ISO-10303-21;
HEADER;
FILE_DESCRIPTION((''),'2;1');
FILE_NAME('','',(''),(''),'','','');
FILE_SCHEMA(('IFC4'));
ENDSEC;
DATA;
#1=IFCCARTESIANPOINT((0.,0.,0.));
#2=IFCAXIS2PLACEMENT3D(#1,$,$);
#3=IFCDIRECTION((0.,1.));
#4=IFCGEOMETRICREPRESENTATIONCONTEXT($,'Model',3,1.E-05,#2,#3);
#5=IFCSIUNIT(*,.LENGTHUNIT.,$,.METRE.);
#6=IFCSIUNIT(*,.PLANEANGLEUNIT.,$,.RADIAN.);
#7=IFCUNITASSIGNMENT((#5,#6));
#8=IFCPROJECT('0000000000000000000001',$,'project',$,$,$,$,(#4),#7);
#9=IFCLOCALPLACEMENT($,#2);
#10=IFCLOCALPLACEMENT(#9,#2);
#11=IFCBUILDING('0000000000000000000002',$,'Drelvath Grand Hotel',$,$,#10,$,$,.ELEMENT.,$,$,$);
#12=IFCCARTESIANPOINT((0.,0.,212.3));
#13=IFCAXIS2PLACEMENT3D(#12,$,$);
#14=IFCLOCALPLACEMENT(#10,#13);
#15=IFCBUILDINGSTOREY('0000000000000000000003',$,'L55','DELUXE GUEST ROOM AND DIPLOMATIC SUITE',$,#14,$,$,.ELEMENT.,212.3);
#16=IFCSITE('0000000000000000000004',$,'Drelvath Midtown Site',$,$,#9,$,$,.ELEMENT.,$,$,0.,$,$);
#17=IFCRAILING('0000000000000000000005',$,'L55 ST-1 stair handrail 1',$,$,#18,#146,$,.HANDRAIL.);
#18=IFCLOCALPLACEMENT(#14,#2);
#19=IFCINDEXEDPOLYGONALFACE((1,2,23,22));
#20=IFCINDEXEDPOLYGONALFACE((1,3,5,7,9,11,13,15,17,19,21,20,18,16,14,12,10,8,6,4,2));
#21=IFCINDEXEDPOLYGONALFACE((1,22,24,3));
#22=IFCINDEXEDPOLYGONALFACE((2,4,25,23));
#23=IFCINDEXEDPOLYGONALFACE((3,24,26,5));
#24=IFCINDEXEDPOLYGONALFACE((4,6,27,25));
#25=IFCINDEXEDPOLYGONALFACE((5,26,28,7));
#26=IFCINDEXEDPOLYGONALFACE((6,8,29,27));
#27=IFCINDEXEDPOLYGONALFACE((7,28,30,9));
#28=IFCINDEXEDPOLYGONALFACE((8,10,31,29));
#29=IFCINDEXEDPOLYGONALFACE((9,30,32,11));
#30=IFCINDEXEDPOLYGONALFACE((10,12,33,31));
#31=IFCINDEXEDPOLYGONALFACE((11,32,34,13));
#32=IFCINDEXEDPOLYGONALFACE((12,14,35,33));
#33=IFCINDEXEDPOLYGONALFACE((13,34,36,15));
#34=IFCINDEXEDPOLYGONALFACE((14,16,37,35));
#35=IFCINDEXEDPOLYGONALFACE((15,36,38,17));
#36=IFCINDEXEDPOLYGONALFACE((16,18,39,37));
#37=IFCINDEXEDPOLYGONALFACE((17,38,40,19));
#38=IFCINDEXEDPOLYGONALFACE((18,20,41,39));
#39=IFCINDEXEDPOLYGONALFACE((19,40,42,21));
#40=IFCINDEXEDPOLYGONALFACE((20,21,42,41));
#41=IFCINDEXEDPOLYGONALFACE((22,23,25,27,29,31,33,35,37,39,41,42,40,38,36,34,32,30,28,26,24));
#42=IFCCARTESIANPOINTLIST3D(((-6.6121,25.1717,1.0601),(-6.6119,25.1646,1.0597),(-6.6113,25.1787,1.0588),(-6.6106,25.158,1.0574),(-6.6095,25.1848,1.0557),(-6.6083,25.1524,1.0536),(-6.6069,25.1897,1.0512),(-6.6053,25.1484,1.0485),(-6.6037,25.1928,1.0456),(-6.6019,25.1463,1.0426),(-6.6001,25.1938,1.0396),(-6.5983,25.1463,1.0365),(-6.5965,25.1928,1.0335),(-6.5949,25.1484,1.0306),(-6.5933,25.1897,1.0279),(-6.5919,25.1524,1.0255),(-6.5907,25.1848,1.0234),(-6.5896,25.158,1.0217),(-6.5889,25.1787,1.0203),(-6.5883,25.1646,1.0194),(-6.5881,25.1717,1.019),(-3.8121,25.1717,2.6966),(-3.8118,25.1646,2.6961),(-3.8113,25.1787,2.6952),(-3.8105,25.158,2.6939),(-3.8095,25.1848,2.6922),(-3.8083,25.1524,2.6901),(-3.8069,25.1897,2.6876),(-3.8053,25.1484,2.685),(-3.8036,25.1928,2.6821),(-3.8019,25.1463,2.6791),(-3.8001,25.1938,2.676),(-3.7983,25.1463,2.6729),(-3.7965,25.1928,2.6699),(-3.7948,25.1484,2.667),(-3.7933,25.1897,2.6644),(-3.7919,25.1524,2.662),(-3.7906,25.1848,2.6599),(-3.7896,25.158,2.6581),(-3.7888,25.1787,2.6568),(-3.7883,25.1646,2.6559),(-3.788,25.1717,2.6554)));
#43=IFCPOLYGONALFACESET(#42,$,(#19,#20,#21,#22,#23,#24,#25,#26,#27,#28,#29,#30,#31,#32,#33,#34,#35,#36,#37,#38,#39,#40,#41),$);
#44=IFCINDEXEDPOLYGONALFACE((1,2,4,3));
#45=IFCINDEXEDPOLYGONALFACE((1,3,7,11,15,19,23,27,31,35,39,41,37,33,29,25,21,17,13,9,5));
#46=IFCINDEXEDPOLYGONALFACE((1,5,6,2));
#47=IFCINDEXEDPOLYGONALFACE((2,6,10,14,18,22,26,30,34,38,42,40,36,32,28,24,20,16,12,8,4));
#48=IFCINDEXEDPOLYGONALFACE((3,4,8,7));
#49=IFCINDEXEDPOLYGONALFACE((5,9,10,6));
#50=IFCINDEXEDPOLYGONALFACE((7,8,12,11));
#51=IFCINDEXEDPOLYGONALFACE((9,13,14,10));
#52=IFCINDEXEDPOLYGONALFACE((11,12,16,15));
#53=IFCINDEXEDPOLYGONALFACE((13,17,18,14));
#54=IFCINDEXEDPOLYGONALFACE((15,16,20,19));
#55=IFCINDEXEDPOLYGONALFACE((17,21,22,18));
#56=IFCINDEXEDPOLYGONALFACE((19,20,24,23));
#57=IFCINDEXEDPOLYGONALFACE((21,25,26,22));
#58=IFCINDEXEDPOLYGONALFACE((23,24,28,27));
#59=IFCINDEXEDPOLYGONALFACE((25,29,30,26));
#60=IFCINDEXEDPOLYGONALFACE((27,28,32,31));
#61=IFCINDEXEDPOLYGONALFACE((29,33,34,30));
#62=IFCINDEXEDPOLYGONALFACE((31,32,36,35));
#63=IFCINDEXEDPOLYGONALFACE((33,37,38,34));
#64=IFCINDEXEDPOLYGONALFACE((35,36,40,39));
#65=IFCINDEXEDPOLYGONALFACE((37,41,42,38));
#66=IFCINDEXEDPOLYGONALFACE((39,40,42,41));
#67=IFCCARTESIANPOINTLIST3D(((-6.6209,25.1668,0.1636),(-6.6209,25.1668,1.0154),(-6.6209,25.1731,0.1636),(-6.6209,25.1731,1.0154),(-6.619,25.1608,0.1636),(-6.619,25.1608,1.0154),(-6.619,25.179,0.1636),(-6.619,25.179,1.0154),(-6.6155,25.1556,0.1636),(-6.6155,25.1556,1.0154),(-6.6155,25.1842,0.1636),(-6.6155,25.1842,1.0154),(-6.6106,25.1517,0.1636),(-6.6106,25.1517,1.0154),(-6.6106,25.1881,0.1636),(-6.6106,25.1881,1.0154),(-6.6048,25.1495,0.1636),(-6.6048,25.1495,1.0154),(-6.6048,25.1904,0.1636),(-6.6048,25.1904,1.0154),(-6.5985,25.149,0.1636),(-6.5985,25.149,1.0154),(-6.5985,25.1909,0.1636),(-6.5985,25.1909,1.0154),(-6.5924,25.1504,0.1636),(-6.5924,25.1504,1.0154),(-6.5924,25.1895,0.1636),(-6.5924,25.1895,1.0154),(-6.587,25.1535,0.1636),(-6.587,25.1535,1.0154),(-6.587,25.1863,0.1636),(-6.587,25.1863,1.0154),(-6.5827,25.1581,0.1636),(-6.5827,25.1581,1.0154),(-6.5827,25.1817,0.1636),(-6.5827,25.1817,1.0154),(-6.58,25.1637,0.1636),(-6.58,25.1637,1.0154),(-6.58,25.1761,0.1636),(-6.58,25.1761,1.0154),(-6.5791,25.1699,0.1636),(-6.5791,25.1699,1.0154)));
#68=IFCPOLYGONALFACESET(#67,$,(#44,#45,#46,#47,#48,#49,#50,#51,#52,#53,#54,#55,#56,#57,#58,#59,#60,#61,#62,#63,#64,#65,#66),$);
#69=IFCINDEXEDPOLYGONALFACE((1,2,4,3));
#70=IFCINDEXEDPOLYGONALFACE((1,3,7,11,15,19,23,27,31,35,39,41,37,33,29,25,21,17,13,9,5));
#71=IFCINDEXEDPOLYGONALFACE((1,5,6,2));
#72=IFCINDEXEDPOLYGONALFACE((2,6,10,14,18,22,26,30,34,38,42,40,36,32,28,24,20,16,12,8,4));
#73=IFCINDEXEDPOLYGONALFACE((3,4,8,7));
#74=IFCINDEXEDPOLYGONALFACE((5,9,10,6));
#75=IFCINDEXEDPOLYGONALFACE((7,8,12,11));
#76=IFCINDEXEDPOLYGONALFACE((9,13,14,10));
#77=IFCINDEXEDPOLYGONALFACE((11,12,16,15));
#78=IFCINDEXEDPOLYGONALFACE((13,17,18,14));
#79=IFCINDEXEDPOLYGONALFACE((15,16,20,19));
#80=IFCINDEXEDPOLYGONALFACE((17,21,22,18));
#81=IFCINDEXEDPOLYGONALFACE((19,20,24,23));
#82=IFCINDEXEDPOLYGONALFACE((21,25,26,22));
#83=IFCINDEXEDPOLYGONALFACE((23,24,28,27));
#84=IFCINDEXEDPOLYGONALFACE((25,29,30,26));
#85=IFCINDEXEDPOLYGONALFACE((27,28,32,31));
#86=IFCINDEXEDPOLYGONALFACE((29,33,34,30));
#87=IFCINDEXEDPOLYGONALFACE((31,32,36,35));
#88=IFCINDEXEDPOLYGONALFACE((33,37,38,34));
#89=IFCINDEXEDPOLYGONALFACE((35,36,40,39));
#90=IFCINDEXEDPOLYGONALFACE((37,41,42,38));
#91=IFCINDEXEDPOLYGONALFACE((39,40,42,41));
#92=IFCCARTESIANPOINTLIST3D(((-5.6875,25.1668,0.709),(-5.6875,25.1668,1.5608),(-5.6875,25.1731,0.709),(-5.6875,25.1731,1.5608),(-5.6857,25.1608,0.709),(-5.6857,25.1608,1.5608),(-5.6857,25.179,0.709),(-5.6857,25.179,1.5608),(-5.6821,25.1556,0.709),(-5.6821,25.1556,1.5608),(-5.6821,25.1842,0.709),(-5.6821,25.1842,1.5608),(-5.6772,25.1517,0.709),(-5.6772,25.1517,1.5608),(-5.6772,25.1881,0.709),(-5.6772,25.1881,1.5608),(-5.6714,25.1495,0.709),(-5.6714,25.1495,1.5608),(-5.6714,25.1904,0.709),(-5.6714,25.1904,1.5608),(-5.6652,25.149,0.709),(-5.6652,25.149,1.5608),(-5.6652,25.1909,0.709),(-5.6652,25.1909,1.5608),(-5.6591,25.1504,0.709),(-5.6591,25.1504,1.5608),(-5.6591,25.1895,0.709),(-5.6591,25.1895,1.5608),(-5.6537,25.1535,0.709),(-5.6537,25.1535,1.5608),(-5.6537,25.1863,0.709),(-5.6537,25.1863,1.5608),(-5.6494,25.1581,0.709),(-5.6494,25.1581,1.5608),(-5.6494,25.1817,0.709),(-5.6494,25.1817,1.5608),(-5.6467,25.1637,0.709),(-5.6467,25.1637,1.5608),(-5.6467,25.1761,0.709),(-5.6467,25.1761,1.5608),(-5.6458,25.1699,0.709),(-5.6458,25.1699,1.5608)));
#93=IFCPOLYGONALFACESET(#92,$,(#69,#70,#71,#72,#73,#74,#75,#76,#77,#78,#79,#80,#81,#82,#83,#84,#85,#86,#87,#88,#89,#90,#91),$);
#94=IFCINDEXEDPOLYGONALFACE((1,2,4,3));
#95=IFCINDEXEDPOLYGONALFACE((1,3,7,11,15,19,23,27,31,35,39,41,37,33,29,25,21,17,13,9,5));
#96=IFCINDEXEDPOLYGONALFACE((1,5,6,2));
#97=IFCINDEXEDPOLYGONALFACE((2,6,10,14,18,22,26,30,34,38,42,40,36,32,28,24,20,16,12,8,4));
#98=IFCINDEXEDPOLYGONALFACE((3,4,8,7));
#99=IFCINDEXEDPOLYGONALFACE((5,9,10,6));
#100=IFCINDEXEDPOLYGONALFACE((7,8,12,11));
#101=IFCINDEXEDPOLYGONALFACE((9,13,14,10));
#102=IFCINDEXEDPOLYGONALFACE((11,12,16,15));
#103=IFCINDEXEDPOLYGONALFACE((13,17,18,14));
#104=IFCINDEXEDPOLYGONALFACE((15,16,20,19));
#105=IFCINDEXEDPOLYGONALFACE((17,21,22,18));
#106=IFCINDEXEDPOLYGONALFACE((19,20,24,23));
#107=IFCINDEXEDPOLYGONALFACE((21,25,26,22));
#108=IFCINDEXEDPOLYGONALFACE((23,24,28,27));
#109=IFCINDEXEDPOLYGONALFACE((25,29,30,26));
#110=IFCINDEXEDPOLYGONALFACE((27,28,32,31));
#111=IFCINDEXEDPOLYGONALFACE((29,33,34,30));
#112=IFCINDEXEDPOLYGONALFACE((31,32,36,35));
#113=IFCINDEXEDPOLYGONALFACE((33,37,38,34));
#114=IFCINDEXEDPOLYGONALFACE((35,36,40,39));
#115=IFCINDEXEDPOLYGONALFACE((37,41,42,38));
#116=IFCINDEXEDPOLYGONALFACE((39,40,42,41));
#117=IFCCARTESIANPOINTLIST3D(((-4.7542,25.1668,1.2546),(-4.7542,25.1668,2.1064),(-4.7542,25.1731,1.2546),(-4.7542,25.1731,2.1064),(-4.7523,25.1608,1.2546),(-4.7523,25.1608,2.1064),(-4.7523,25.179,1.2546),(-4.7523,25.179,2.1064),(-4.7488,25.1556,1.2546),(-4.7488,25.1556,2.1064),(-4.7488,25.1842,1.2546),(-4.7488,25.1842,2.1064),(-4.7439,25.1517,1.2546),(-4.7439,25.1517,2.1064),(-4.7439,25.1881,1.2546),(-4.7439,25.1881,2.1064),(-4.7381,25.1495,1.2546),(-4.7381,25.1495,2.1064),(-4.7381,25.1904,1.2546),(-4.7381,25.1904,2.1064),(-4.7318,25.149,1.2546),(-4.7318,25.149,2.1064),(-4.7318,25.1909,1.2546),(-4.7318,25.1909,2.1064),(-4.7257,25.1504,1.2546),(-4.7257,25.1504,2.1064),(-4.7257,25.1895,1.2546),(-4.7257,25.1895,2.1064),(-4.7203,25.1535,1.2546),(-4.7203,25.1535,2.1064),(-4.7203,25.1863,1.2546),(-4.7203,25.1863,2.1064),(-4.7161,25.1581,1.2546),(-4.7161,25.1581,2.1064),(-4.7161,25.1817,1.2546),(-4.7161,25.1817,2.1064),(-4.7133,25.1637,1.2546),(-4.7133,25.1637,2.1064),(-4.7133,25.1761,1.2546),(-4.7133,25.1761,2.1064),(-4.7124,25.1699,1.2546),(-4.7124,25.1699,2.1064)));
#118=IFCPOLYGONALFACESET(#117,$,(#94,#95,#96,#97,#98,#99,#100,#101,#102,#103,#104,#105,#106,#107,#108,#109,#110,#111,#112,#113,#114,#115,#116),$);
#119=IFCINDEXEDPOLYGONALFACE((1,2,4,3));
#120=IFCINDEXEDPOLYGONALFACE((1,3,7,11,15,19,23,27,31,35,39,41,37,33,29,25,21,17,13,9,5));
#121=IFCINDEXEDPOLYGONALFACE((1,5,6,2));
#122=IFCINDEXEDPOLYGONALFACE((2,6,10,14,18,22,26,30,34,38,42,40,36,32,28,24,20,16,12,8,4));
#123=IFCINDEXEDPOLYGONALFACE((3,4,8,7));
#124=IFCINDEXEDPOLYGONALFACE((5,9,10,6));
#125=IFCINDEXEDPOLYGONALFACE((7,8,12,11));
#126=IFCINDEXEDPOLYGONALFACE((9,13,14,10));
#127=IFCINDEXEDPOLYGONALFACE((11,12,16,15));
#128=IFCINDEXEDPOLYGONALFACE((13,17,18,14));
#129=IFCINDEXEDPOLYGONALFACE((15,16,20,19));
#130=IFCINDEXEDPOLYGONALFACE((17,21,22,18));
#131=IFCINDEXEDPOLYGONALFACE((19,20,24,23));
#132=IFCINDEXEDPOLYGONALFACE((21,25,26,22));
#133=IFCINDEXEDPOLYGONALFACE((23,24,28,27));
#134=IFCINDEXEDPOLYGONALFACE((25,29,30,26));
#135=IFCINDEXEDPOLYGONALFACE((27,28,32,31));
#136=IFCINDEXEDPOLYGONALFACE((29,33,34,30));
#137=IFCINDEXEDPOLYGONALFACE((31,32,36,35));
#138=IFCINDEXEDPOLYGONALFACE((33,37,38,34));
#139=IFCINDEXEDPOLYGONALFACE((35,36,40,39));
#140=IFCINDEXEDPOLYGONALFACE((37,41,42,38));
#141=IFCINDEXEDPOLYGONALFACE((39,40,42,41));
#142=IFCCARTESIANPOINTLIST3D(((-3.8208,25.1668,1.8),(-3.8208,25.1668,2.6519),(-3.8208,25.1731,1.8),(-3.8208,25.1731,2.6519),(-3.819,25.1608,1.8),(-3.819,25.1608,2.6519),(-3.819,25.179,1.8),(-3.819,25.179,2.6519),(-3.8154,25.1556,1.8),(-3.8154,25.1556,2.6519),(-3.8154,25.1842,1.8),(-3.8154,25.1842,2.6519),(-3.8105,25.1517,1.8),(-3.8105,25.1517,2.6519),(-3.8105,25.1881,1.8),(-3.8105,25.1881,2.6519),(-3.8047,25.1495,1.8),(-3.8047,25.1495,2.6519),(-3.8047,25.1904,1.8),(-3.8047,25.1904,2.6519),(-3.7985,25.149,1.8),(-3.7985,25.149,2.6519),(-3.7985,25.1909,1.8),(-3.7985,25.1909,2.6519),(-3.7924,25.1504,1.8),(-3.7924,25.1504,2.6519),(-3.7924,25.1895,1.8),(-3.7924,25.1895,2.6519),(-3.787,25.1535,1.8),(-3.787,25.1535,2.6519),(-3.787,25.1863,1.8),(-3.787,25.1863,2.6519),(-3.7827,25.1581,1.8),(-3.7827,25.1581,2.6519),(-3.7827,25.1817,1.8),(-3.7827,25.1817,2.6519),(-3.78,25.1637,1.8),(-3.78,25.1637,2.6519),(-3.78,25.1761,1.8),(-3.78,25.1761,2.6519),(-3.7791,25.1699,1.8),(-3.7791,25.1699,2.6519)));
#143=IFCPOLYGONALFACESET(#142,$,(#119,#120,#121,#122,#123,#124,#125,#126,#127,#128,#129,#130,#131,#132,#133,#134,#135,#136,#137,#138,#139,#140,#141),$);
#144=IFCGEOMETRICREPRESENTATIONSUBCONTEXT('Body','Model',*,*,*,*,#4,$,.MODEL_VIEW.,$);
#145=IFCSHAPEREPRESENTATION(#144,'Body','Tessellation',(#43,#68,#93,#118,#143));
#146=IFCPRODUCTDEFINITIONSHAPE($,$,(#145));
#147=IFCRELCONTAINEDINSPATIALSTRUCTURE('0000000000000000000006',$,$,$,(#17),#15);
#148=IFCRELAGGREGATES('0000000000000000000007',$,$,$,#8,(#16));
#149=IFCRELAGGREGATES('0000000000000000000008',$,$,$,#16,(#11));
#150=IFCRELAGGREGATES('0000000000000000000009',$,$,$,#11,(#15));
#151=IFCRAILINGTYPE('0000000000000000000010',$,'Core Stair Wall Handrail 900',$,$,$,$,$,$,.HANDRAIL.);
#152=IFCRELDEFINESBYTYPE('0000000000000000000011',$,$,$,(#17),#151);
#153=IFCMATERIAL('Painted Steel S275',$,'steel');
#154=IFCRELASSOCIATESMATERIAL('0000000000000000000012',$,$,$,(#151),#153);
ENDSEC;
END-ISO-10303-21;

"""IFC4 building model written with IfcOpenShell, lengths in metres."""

from ifc_helpers import new_model, si_unit, direction, frame, origin, origin_2d, place, context, subcontext, project, spatial, circle, extrude, material, type_object, element, save


model = new_model("IFC4")

# Units and contexts
model_context = context("Model", 3, precision=1e-05, world=origin(), true_north=direction((0.0, 1.0)))
body_context = subcontext(model_context, "Body", "Model", "MODEL_VIEW")
ifc_project = project(units=[si_unit("LENGTHUNIT", "METRE"), si_unit("PLANEANGLEUNIT", "RADIAN")], contexts=[model_context])

# Site, building, storey
site_placement = place(None, origin())
site = spatial("IfcSite", under=ifc_project, at=site_placement, Name="Drelvath Midtown Site", CompositionType="ELEMENT", RefElevation=0.0)
building_placement = place(site_placement, origin())
building = spatial("IfcBuilding", under=site, at=building_placement, Name="Drelvath Grand Hotel", CompositionType="ELEMENT")
storey_placement = place(building_placement, frame((0.0, 0.0, 212.3)))
storey = spatial("IfcBuildingStorey", under=building, at=storey_placement, Name="L55", Description="DELUXE GUEST ROOM AND DIPLOMATIC SUITE", CompositionType="ELEMENT", Elevation=212.3)

# Shared definitions
ifc_material_1 = material(Name="Painted Steel S275", Category="steel")

# Railing
railing_type_1 = type_object("IfcRailingType", Name="Core Stair Wall Handrail 900", PredefinedType="HANDRAIL", material=ifc_material_1)
railing_1_placement = place(storey_placement, frame((-6.6001, 25.1699, 0.1636)))
element("IfcRailing", 1, at=railing_1_placement, inside=storey, type_object=railing_type_1, Name="L55 ST-1 stair handrail 1", PredefinedType="HANDRAIL", context=body_context, shape_type="SweptSolid", body=[
    extrude(circle(Radius=0.0239, at=origin_2d()), frame((0.0, 0.0, 0.876), z_axis=(0.863361, 0.0, 0.504587), x_axis=(0.0, 1.0, 0.0)), (0.0, 0.0, 1.0), 3.2432),
    extrude(circle(Radius=0.021, at=origin_2d()), origin(), (0.0, 0.0, 1.0), 0.8518),
    extrude(circle(Radius=0.021, at=origin_2d()), frame((0.9333, 0.0, 0.5454)), (0.0, 0.0, 1.0), 0.8518),
    extrude(circle(Radius=0.021, at=origin_2d()), frame((1.8667, 0.0, 1.0911)), (0.0, 0.0, 1.0), 0.8518),
    extrude(circle(Radius=0.021, at=origin_2d()), frame((2.8, 0.0, 1.6365)), (0.0, 0.0, 1.0), 0.8518),
])

save(model, "model.ifc")
